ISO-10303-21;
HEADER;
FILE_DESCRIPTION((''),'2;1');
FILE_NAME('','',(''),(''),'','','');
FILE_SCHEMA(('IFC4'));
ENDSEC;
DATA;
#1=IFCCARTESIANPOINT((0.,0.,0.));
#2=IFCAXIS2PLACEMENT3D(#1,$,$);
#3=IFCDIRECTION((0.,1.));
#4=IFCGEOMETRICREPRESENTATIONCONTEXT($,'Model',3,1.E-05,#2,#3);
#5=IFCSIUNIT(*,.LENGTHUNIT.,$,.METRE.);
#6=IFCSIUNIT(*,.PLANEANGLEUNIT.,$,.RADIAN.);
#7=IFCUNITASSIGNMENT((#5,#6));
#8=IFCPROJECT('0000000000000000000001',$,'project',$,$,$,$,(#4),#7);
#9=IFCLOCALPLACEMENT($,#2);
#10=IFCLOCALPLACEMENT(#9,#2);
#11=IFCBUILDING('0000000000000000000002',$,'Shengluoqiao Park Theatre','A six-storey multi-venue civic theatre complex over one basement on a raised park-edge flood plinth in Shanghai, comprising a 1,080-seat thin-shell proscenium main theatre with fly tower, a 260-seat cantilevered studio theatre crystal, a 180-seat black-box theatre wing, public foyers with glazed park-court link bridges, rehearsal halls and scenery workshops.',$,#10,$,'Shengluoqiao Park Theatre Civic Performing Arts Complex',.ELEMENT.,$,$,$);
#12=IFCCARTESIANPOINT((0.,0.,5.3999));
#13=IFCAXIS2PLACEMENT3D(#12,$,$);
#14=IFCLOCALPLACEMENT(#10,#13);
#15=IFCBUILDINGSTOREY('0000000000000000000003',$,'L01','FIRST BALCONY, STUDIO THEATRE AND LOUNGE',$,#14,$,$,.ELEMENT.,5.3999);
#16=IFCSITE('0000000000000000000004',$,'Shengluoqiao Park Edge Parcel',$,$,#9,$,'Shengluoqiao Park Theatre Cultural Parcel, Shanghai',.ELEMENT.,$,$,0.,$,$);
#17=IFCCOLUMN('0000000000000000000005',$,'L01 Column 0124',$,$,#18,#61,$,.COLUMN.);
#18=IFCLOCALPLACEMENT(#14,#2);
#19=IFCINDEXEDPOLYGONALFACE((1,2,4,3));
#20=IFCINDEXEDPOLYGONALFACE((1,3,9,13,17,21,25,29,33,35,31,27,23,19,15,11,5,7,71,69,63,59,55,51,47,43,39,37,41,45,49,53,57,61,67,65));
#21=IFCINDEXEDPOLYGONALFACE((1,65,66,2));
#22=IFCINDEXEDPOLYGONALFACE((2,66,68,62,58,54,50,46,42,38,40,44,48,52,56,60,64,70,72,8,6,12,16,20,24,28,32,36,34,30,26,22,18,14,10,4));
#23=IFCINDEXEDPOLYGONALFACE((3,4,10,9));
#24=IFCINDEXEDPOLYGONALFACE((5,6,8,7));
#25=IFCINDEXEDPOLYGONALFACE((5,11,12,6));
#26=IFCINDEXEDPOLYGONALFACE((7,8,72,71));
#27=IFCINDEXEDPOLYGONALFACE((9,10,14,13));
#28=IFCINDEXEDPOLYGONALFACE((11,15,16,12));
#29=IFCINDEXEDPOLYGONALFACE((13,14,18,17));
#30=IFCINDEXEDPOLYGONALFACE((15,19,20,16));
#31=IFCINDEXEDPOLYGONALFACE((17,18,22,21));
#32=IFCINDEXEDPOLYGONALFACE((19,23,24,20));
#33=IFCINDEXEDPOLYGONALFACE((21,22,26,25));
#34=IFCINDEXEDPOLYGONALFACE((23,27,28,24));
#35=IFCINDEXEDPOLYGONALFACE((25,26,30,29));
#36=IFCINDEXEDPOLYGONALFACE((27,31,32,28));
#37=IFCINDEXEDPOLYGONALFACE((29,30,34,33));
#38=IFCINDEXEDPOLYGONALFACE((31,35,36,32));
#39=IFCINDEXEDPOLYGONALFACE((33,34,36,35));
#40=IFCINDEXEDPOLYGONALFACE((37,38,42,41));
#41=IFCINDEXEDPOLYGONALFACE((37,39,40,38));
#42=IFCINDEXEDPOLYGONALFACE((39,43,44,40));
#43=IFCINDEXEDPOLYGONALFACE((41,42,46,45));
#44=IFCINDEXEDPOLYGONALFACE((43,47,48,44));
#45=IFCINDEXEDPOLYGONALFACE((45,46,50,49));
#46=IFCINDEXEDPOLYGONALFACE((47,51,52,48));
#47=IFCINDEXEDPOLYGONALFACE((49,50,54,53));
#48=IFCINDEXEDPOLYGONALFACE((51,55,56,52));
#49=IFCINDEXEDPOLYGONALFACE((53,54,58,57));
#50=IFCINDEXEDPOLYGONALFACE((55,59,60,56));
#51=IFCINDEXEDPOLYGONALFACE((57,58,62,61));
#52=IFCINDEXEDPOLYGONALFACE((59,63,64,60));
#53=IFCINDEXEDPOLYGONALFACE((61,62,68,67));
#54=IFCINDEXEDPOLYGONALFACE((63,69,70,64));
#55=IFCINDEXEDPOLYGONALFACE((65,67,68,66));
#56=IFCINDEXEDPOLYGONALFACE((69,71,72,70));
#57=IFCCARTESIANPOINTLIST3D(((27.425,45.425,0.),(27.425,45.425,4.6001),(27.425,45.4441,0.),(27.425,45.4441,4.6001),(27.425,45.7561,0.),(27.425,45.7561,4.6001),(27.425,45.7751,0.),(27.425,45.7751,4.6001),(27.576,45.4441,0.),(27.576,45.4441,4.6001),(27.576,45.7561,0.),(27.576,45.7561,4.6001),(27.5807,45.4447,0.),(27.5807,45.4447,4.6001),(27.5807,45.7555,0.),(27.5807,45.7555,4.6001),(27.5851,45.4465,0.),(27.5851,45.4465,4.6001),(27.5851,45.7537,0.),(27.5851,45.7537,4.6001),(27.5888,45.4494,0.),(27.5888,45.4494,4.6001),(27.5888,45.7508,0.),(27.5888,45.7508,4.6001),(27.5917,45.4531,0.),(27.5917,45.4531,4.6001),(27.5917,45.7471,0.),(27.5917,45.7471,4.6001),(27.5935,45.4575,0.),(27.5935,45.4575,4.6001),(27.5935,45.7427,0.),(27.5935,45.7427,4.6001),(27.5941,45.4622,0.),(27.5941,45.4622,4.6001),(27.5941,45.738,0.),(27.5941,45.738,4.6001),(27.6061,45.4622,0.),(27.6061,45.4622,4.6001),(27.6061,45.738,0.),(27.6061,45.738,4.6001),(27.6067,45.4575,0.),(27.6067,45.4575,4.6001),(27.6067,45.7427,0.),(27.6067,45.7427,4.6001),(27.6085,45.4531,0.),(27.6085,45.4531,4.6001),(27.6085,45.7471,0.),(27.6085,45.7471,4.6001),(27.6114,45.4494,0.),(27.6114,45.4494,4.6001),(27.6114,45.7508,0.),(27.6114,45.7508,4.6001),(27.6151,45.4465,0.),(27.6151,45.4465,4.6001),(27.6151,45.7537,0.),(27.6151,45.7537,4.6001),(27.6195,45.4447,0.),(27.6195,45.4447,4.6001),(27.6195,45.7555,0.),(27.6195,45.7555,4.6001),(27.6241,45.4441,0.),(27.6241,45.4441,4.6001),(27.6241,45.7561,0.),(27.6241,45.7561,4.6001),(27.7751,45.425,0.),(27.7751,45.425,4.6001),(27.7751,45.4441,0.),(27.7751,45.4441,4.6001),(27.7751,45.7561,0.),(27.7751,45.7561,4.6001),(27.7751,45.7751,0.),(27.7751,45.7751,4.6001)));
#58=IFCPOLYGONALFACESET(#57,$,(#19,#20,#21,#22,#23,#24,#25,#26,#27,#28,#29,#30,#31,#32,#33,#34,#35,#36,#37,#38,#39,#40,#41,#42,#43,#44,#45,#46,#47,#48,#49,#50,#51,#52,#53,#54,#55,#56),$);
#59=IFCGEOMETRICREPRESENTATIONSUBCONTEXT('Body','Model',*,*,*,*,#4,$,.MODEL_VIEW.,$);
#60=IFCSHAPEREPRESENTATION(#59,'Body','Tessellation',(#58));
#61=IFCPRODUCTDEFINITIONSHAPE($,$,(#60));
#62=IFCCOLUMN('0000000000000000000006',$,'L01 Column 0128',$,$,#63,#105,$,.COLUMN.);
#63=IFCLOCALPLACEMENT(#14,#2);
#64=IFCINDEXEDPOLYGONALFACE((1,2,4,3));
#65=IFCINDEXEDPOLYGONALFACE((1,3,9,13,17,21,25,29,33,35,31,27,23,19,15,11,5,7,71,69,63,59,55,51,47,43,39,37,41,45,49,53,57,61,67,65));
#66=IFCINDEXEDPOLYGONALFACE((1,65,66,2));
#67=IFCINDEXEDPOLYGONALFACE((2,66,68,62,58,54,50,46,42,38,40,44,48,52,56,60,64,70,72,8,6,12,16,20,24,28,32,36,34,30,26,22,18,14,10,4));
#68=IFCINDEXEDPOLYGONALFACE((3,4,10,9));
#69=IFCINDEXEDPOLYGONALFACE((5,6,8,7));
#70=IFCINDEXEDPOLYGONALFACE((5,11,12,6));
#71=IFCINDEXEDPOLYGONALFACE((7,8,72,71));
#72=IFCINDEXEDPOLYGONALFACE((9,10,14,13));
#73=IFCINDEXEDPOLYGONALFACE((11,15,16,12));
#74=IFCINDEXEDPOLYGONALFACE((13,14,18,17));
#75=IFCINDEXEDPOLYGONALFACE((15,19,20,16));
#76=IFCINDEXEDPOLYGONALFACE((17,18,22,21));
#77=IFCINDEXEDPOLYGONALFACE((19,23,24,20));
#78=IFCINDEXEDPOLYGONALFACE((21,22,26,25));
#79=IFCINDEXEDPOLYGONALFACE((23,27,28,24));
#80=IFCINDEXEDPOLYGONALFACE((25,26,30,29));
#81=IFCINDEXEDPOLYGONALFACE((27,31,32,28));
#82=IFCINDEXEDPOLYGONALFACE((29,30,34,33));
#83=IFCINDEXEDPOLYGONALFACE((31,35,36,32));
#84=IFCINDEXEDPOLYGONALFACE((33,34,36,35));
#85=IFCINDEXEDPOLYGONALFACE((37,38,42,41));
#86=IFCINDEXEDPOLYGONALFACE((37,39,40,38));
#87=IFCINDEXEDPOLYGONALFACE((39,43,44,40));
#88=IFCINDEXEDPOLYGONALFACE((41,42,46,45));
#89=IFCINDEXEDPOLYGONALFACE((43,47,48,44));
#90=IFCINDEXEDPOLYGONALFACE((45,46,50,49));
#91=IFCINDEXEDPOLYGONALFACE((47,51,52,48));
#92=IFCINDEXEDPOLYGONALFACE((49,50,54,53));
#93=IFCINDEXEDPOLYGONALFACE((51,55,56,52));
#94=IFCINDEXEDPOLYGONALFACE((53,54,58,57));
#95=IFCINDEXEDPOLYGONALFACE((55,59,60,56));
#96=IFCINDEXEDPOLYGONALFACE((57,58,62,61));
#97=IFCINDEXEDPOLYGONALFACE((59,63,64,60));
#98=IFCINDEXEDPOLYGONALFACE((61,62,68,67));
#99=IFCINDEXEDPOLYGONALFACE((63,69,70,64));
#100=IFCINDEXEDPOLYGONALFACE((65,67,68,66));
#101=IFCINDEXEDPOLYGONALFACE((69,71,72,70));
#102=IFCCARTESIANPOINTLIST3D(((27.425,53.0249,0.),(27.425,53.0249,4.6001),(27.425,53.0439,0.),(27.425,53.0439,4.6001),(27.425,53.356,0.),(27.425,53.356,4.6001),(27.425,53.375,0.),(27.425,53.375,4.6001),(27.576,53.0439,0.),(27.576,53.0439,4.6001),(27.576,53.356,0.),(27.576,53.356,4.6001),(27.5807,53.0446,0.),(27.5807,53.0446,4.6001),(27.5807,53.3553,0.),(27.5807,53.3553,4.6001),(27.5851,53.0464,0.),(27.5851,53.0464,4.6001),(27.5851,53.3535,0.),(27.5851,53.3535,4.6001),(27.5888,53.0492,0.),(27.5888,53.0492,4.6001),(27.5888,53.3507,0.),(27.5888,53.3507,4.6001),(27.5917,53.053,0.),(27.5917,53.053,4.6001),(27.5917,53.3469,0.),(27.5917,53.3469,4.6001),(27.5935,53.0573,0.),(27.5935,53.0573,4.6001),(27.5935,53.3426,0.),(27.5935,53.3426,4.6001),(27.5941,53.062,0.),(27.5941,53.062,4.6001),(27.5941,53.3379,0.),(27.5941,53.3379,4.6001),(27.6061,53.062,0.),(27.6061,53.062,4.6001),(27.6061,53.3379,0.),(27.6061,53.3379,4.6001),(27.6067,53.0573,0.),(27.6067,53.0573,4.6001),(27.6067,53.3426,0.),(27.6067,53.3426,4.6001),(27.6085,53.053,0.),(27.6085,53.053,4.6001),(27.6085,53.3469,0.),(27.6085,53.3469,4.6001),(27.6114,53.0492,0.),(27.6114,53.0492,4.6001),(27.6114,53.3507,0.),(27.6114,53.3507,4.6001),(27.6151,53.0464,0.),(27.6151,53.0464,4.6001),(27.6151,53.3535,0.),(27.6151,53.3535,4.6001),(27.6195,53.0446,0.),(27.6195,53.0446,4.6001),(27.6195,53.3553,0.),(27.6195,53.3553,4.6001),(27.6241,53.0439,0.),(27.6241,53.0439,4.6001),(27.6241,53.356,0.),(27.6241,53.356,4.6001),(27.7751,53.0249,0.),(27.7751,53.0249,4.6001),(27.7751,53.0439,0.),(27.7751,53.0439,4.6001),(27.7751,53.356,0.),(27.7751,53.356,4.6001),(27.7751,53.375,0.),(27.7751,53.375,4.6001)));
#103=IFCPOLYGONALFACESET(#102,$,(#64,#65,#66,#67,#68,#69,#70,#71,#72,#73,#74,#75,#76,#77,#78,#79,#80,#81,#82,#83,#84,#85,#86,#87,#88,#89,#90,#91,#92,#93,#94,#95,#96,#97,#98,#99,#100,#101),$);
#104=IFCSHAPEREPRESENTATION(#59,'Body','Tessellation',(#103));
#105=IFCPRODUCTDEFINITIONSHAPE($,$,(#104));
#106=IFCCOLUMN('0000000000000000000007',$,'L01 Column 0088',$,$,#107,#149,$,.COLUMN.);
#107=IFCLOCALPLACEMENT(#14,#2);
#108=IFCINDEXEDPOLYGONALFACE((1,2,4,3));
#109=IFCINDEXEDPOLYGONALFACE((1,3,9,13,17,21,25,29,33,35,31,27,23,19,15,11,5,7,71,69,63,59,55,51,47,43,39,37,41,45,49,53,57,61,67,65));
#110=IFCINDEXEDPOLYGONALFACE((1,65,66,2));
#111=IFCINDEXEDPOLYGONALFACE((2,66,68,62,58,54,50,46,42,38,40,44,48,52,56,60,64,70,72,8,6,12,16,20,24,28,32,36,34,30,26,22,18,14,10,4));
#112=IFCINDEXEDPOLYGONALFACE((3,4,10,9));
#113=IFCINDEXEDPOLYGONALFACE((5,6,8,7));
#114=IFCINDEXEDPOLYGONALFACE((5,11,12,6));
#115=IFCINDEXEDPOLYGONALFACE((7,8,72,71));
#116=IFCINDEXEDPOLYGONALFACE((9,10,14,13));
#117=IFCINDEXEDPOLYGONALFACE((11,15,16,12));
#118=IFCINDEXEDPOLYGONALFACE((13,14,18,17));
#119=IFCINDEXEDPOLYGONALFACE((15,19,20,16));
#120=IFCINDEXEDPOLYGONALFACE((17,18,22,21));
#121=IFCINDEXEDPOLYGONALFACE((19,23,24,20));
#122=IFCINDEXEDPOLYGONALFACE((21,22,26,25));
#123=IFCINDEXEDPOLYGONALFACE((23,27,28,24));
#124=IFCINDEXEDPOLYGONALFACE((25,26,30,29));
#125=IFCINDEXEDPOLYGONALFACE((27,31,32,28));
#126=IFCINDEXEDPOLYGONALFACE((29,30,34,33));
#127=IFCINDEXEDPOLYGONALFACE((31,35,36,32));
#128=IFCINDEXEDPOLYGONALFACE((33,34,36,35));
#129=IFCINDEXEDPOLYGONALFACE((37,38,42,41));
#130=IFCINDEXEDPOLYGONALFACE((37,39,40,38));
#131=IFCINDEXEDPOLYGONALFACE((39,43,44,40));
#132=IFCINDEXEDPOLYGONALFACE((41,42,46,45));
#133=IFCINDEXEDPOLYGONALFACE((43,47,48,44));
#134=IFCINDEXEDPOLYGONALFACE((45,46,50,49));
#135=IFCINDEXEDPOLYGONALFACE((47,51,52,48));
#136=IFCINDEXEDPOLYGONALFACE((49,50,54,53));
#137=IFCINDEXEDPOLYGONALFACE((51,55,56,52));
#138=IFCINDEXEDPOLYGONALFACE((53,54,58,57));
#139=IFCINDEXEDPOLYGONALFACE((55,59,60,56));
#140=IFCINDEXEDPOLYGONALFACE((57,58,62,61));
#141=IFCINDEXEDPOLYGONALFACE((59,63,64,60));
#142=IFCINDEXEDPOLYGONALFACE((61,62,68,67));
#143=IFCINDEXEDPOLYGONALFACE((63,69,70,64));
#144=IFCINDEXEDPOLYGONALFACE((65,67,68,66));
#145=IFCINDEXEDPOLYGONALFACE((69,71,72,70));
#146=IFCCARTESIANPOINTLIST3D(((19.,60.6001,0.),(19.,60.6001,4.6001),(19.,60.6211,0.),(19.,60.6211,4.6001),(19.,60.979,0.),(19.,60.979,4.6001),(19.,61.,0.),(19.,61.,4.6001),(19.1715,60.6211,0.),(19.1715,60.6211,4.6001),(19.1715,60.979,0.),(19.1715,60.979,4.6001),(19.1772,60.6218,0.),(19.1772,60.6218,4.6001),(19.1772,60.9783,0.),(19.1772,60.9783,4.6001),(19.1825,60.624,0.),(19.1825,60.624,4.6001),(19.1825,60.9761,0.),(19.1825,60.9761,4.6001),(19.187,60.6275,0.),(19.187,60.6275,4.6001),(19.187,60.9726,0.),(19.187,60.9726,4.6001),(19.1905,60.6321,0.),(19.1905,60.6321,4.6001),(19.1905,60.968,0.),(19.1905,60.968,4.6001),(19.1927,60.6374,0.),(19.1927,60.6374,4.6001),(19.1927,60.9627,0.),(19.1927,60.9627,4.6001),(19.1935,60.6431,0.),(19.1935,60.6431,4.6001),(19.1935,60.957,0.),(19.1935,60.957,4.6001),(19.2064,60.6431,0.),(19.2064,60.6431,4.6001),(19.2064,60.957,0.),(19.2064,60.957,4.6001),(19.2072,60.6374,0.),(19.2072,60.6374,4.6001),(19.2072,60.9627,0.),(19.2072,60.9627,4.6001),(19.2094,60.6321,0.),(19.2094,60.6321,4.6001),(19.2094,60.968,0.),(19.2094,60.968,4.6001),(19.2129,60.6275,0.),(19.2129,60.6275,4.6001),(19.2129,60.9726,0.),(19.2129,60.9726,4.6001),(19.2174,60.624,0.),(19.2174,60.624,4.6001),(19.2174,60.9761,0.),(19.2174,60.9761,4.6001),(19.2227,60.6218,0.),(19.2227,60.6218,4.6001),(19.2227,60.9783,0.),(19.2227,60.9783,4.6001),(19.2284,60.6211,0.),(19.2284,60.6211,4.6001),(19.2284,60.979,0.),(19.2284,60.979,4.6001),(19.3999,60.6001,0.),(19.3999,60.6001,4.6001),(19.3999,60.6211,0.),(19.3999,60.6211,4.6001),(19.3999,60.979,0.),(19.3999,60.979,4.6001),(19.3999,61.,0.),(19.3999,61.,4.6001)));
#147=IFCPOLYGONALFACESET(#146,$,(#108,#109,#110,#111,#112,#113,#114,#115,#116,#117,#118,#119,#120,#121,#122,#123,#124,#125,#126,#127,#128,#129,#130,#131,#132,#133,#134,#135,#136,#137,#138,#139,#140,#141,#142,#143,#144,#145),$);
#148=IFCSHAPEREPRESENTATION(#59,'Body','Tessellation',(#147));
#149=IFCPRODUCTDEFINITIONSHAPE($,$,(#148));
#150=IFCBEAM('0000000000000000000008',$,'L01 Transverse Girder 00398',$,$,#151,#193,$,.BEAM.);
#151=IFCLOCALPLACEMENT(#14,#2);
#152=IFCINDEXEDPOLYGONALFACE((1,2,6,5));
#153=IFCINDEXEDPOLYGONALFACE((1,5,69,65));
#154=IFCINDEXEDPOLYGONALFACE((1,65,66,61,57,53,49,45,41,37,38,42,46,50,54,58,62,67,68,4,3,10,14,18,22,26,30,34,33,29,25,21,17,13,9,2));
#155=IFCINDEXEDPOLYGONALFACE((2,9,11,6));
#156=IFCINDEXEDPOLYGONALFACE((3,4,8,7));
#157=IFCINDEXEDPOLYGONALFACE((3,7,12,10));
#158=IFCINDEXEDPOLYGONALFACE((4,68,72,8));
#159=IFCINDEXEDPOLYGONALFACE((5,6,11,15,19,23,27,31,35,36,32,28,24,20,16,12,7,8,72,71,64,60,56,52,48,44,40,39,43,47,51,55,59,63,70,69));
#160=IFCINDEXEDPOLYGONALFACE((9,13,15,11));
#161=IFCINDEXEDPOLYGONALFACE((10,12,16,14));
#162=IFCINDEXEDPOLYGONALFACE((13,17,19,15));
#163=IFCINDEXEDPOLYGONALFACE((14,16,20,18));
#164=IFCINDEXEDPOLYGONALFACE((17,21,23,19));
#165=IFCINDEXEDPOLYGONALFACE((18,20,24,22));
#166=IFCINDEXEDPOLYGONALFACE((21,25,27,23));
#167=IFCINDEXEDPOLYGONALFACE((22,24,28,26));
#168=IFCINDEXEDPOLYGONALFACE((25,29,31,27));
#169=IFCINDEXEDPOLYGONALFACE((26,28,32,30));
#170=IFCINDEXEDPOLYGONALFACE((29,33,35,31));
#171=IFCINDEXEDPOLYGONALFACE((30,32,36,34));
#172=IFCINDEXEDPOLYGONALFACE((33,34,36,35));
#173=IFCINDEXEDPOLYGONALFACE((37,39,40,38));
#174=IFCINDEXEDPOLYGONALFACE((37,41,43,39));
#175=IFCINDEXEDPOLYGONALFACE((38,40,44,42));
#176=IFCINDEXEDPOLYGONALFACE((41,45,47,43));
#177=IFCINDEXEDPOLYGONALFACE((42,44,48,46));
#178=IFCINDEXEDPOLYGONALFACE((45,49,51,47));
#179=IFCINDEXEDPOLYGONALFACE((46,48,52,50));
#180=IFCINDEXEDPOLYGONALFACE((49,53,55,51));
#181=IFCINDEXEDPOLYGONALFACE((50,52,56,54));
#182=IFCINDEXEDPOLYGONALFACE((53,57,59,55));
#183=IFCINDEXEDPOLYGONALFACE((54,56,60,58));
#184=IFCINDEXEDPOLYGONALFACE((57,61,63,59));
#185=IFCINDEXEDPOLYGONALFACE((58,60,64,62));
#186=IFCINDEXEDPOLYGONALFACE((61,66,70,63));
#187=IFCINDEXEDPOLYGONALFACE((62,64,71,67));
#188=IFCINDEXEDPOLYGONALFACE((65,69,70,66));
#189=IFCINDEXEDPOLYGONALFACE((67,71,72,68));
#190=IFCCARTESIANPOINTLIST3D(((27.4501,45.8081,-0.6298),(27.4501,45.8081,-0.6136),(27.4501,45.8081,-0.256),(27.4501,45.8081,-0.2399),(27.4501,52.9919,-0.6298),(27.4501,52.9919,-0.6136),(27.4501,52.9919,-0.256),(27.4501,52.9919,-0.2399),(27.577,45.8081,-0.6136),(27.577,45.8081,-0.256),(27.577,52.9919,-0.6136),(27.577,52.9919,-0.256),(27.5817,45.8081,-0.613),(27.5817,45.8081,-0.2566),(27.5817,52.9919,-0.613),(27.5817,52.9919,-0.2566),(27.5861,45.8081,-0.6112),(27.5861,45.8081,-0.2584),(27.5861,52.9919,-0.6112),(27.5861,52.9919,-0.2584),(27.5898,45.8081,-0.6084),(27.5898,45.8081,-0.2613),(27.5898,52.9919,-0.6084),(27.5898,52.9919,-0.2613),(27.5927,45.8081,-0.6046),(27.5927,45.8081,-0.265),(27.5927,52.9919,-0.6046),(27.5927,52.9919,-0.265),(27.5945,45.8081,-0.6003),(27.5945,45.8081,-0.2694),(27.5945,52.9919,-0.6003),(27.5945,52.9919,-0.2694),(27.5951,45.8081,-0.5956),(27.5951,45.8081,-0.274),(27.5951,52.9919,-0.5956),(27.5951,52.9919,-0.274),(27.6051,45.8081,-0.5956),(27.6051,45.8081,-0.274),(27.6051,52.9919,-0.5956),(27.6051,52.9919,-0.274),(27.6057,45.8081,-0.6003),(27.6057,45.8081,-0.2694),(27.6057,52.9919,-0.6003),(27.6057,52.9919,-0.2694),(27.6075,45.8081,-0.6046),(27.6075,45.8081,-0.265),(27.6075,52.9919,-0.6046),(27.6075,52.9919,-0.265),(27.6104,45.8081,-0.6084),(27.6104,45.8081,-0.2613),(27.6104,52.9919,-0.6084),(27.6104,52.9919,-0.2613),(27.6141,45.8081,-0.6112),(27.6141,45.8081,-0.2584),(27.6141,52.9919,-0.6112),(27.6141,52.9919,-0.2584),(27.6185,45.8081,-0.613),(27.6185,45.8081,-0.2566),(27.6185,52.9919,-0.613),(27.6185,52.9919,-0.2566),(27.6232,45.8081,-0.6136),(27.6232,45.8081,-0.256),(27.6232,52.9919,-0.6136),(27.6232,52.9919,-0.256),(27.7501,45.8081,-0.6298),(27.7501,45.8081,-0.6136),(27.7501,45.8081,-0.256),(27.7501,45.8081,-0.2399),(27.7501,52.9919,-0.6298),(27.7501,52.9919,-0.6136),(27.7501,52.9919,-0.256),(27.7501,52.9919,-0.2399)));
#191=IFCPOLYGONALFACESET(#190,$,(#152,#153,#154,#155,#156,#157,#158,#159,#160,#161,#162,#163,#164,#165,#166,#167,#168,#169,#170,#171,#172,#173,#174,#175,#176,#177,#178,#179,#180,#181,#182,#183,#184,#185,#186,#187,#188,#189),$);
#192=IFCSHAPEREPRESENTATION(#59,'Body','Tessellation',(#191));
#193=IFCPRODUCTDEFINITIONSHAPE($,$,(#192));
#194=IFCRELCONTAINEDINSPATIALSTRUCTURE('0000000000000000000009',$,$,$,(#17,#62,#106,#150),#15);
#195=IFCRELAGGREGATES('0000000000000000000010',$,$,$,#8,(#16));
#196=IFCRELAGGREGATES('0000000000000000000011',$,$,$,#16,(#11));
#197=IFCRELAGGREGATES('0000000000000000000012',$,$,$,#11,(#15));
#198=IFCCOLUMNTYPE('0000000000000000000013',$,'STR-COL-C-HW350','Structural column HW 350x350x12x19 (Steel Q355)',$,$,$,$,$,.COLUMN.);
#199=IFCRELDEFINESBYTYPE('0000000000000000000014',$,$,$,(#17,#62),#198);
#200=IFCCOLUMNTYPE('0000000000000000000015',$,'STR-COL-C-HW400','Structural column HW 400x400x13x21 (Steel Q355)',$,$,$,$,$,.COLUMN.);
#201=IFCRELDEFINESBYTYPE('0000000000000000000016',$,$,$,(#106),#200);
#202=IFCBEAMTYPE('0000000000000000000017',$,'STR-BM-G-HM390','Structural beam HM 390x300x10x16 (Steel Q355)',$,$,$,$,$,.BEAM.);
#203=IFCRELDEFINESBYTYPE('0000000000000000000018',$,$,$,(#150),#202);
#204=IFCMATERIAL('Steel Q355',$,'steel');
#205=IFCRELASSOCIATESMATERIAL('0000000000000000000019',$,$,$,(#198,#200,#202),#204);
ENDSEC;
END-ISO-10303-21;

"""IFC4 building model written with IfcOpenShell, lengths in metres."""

from ifc_helpers import new_model, si_unit, direction, frame, origin, origin_2d, place, context, subcontext, project, spatial, i_section, extrude, material, material_profile, profile_set, type_object, element, save


model = new_model("IFC4")

# Units and contexts
model_context = context("Model", 3, precision=1e-05, world=origin(), true_north=direction((0.0, 1.0)))
body_context = subcontext(model_context, "Body", "Model", "MODEL_VIEW")
ifc_project = project(units=[si_unit("LENGTHUNIT", "METRE"), si_unit("PLANEANGLEUNIT", "RADIAN")], contexts=[model_context])

# Site, building, storey
site_placement = place(None, origin())
site = spatial("IfcSite", under=ifc_project, at=site_placement, Name="Shengluoqiao Park Edge Parcel", LongName="Shengluoqiao Park Theatre Cultural Parcel, Shanghai", CompositionType="ELEMENT", RefElevation=0.0)
building_placement = place(site_placement, origin())
building = spatial("IfcBuilding", under=site, at=building_placement, Name="Shengluoqiao Park Theatre", Description="A six-storey multi-venue civic theatre complex over one basement on a raised park-edge flood plinth in Shanghai, comprising a 1,080-seat thin-shell proscenium main theatre with fly tower, a 260-seat cantilevered studio theatre crystal, a 180-seat black-box theatre wing, public foyers with glazed park-court link bridges, rehearsal halls and scenery workshops.", LongName="Shengluoqiao Park Theatre Civic Performing Arts Complex", CompositionType="ELEMENT")
storey_placement = place(building_placement, frame((0.0, 0.0, 5.3999)))
storey = spatial("IfcBuildingStorey", under=building, at=storey_placement, Name="L01", Description="FIRST BALCONY, STUDIO THEATRE AND LOUNGE", CompositionType="ELEMENT", Elevation=5.3999)

# Columns
ifc_material_1 = material(Name="Steel Q355", Category="steel")
ifc_material_profile_1 = material_profile(ifc_material_1, i_section(OverallWidth=0.3501, OverallDepth=0.3501, WebThickness=0.012, FlangeThickness=0.019, FilletRadius=0.0181, at=origin_2d()), Name="HW 350x350x12x19")
ifc_profile_set_1 = profile_set([ifc_material_profile_1], Name="Steel Q355")
column_type_1 = type_object("IfcColumnType", Name="STR-COL-C-HW350", Description="Structural column HW 350x350x12x19 (Steel Q355)", PredefinedType="COLUMN", material=ifc_profile_set_1)
for number, where, z_axis, x_axis, name in (
    (1, (27.6001, 45.6001, 0.0), (0.0, 0.0, 1.0), (1.0, 0.0, 0.0), "L01 Column 0124"),
    (2, (27.6001, 53.2, 0.0), (0.0, 0.0, 1.0), (1.0, 0.0, 0.0), "L01 Column 0128"),
):
    element("IfcColumn", number, at=place(storey_placement, frame(where, z_axis=z_axis, x_axis=x_axis)), inside=storey, type_object=column_type_1, Name=name, PredefinedType="COLUMN", context=body_context, shape_type="SweptSolid", body=[
        extrude(i_section(OverallWidth=0.3501, OverallDepth=0.3501, WebThickness=0.012, FlangeThickness=0.019, FilletRadius=0.0181, at=origin_2d()), origin(), (0.0, 0.0, 1.0), 4.6001),
    ])
ifc_material_profile_2 = material_profile(ifc_material_1, i_section(OverallWidth=0.3999, OverallDepth=0.3999, WebThickness=0.0129, FlangeThickness=0.021, FilletRadius=0.022, at=origin_2d()), Name="HW 400x400x13x21")
ifc_profile_set_2 = profile_set([ifc_material_profile_2], Name="Steel Q355")
column_type_2 = type_object("IfcColumnType", Name="STR-COL-C-HW400", Description="Structural column HW 400x400x13x21 (Steel Q355)", PredefinedType="COLUMN", material=ifc_profile_set_2)
column_placement = place(storey_placement, frame((19.2, 60.8, 0.0), z_axis=(0.0, 0.0, 1.0), x_axis=(1.0, 0.0, 0.0)))
element("IfcColumn", 3, at=column_placement, inside=storey, type_object=column_type_2, Name="L01 Column 0088", PredefinedType="COLUMN", context=body_context, shape_type="SweptSolid", body=[
    extrude(i_section(OverallWidth=0.3999, OverallDepth=0.3999, WebThickness=0.0129, FlangeThickness=0.021, FilletRadius=0.022, at=origin_2d()), origin(), (0.0, 0.0, 1.0), 4.6001),
])

# Beam
ifc_material_profile_3 = material_profile(ifc_material_1, i_section(OverallWidth=0.3, OverallDepth=0.3899, WebThickness=0.01, FlangeThickness=0.0161, FilletRadius=0.0181, at=origin_2d()), Name="HM 390x300x10x16")
ifc_profile_set_3 = profile_set([ifc_material_profile_3], Name="Steel Q355")
beam_type_1 = type_object("IfcBeamType", Name="STR-BM-G-HM390", Description="Structural beam HM 390x300x10x16 (Steel Q355)", PredefinedType="BEAM", material=ifc_profile_set_3)
beam_placement = place(storey_placement, frame((27.6001, 45.8081, -0.4348), z_axis=(0.0, 1.0, 0.0), x_axis=(-1.0, 0.0, 0.0)))
element("IfcBeam", 4, at=beam_placement, inside=storey, type_object=beam_type_1, Name="L01 Transverse Girder 00398", PredefinedType="BEAM", context=body_context, shape_type="SweptSolid", body=[
    extrude(i_section(OverallWidth=0.3, OverallDepth=0.3899, WebThickness=0.01, FlangeThickness=0.0161, FilletRadius=0.0181, at=origin_2d()), origin(), (0.0, 0.0, 1.0), 7.1838),
])

save(model, "model.ifc")
